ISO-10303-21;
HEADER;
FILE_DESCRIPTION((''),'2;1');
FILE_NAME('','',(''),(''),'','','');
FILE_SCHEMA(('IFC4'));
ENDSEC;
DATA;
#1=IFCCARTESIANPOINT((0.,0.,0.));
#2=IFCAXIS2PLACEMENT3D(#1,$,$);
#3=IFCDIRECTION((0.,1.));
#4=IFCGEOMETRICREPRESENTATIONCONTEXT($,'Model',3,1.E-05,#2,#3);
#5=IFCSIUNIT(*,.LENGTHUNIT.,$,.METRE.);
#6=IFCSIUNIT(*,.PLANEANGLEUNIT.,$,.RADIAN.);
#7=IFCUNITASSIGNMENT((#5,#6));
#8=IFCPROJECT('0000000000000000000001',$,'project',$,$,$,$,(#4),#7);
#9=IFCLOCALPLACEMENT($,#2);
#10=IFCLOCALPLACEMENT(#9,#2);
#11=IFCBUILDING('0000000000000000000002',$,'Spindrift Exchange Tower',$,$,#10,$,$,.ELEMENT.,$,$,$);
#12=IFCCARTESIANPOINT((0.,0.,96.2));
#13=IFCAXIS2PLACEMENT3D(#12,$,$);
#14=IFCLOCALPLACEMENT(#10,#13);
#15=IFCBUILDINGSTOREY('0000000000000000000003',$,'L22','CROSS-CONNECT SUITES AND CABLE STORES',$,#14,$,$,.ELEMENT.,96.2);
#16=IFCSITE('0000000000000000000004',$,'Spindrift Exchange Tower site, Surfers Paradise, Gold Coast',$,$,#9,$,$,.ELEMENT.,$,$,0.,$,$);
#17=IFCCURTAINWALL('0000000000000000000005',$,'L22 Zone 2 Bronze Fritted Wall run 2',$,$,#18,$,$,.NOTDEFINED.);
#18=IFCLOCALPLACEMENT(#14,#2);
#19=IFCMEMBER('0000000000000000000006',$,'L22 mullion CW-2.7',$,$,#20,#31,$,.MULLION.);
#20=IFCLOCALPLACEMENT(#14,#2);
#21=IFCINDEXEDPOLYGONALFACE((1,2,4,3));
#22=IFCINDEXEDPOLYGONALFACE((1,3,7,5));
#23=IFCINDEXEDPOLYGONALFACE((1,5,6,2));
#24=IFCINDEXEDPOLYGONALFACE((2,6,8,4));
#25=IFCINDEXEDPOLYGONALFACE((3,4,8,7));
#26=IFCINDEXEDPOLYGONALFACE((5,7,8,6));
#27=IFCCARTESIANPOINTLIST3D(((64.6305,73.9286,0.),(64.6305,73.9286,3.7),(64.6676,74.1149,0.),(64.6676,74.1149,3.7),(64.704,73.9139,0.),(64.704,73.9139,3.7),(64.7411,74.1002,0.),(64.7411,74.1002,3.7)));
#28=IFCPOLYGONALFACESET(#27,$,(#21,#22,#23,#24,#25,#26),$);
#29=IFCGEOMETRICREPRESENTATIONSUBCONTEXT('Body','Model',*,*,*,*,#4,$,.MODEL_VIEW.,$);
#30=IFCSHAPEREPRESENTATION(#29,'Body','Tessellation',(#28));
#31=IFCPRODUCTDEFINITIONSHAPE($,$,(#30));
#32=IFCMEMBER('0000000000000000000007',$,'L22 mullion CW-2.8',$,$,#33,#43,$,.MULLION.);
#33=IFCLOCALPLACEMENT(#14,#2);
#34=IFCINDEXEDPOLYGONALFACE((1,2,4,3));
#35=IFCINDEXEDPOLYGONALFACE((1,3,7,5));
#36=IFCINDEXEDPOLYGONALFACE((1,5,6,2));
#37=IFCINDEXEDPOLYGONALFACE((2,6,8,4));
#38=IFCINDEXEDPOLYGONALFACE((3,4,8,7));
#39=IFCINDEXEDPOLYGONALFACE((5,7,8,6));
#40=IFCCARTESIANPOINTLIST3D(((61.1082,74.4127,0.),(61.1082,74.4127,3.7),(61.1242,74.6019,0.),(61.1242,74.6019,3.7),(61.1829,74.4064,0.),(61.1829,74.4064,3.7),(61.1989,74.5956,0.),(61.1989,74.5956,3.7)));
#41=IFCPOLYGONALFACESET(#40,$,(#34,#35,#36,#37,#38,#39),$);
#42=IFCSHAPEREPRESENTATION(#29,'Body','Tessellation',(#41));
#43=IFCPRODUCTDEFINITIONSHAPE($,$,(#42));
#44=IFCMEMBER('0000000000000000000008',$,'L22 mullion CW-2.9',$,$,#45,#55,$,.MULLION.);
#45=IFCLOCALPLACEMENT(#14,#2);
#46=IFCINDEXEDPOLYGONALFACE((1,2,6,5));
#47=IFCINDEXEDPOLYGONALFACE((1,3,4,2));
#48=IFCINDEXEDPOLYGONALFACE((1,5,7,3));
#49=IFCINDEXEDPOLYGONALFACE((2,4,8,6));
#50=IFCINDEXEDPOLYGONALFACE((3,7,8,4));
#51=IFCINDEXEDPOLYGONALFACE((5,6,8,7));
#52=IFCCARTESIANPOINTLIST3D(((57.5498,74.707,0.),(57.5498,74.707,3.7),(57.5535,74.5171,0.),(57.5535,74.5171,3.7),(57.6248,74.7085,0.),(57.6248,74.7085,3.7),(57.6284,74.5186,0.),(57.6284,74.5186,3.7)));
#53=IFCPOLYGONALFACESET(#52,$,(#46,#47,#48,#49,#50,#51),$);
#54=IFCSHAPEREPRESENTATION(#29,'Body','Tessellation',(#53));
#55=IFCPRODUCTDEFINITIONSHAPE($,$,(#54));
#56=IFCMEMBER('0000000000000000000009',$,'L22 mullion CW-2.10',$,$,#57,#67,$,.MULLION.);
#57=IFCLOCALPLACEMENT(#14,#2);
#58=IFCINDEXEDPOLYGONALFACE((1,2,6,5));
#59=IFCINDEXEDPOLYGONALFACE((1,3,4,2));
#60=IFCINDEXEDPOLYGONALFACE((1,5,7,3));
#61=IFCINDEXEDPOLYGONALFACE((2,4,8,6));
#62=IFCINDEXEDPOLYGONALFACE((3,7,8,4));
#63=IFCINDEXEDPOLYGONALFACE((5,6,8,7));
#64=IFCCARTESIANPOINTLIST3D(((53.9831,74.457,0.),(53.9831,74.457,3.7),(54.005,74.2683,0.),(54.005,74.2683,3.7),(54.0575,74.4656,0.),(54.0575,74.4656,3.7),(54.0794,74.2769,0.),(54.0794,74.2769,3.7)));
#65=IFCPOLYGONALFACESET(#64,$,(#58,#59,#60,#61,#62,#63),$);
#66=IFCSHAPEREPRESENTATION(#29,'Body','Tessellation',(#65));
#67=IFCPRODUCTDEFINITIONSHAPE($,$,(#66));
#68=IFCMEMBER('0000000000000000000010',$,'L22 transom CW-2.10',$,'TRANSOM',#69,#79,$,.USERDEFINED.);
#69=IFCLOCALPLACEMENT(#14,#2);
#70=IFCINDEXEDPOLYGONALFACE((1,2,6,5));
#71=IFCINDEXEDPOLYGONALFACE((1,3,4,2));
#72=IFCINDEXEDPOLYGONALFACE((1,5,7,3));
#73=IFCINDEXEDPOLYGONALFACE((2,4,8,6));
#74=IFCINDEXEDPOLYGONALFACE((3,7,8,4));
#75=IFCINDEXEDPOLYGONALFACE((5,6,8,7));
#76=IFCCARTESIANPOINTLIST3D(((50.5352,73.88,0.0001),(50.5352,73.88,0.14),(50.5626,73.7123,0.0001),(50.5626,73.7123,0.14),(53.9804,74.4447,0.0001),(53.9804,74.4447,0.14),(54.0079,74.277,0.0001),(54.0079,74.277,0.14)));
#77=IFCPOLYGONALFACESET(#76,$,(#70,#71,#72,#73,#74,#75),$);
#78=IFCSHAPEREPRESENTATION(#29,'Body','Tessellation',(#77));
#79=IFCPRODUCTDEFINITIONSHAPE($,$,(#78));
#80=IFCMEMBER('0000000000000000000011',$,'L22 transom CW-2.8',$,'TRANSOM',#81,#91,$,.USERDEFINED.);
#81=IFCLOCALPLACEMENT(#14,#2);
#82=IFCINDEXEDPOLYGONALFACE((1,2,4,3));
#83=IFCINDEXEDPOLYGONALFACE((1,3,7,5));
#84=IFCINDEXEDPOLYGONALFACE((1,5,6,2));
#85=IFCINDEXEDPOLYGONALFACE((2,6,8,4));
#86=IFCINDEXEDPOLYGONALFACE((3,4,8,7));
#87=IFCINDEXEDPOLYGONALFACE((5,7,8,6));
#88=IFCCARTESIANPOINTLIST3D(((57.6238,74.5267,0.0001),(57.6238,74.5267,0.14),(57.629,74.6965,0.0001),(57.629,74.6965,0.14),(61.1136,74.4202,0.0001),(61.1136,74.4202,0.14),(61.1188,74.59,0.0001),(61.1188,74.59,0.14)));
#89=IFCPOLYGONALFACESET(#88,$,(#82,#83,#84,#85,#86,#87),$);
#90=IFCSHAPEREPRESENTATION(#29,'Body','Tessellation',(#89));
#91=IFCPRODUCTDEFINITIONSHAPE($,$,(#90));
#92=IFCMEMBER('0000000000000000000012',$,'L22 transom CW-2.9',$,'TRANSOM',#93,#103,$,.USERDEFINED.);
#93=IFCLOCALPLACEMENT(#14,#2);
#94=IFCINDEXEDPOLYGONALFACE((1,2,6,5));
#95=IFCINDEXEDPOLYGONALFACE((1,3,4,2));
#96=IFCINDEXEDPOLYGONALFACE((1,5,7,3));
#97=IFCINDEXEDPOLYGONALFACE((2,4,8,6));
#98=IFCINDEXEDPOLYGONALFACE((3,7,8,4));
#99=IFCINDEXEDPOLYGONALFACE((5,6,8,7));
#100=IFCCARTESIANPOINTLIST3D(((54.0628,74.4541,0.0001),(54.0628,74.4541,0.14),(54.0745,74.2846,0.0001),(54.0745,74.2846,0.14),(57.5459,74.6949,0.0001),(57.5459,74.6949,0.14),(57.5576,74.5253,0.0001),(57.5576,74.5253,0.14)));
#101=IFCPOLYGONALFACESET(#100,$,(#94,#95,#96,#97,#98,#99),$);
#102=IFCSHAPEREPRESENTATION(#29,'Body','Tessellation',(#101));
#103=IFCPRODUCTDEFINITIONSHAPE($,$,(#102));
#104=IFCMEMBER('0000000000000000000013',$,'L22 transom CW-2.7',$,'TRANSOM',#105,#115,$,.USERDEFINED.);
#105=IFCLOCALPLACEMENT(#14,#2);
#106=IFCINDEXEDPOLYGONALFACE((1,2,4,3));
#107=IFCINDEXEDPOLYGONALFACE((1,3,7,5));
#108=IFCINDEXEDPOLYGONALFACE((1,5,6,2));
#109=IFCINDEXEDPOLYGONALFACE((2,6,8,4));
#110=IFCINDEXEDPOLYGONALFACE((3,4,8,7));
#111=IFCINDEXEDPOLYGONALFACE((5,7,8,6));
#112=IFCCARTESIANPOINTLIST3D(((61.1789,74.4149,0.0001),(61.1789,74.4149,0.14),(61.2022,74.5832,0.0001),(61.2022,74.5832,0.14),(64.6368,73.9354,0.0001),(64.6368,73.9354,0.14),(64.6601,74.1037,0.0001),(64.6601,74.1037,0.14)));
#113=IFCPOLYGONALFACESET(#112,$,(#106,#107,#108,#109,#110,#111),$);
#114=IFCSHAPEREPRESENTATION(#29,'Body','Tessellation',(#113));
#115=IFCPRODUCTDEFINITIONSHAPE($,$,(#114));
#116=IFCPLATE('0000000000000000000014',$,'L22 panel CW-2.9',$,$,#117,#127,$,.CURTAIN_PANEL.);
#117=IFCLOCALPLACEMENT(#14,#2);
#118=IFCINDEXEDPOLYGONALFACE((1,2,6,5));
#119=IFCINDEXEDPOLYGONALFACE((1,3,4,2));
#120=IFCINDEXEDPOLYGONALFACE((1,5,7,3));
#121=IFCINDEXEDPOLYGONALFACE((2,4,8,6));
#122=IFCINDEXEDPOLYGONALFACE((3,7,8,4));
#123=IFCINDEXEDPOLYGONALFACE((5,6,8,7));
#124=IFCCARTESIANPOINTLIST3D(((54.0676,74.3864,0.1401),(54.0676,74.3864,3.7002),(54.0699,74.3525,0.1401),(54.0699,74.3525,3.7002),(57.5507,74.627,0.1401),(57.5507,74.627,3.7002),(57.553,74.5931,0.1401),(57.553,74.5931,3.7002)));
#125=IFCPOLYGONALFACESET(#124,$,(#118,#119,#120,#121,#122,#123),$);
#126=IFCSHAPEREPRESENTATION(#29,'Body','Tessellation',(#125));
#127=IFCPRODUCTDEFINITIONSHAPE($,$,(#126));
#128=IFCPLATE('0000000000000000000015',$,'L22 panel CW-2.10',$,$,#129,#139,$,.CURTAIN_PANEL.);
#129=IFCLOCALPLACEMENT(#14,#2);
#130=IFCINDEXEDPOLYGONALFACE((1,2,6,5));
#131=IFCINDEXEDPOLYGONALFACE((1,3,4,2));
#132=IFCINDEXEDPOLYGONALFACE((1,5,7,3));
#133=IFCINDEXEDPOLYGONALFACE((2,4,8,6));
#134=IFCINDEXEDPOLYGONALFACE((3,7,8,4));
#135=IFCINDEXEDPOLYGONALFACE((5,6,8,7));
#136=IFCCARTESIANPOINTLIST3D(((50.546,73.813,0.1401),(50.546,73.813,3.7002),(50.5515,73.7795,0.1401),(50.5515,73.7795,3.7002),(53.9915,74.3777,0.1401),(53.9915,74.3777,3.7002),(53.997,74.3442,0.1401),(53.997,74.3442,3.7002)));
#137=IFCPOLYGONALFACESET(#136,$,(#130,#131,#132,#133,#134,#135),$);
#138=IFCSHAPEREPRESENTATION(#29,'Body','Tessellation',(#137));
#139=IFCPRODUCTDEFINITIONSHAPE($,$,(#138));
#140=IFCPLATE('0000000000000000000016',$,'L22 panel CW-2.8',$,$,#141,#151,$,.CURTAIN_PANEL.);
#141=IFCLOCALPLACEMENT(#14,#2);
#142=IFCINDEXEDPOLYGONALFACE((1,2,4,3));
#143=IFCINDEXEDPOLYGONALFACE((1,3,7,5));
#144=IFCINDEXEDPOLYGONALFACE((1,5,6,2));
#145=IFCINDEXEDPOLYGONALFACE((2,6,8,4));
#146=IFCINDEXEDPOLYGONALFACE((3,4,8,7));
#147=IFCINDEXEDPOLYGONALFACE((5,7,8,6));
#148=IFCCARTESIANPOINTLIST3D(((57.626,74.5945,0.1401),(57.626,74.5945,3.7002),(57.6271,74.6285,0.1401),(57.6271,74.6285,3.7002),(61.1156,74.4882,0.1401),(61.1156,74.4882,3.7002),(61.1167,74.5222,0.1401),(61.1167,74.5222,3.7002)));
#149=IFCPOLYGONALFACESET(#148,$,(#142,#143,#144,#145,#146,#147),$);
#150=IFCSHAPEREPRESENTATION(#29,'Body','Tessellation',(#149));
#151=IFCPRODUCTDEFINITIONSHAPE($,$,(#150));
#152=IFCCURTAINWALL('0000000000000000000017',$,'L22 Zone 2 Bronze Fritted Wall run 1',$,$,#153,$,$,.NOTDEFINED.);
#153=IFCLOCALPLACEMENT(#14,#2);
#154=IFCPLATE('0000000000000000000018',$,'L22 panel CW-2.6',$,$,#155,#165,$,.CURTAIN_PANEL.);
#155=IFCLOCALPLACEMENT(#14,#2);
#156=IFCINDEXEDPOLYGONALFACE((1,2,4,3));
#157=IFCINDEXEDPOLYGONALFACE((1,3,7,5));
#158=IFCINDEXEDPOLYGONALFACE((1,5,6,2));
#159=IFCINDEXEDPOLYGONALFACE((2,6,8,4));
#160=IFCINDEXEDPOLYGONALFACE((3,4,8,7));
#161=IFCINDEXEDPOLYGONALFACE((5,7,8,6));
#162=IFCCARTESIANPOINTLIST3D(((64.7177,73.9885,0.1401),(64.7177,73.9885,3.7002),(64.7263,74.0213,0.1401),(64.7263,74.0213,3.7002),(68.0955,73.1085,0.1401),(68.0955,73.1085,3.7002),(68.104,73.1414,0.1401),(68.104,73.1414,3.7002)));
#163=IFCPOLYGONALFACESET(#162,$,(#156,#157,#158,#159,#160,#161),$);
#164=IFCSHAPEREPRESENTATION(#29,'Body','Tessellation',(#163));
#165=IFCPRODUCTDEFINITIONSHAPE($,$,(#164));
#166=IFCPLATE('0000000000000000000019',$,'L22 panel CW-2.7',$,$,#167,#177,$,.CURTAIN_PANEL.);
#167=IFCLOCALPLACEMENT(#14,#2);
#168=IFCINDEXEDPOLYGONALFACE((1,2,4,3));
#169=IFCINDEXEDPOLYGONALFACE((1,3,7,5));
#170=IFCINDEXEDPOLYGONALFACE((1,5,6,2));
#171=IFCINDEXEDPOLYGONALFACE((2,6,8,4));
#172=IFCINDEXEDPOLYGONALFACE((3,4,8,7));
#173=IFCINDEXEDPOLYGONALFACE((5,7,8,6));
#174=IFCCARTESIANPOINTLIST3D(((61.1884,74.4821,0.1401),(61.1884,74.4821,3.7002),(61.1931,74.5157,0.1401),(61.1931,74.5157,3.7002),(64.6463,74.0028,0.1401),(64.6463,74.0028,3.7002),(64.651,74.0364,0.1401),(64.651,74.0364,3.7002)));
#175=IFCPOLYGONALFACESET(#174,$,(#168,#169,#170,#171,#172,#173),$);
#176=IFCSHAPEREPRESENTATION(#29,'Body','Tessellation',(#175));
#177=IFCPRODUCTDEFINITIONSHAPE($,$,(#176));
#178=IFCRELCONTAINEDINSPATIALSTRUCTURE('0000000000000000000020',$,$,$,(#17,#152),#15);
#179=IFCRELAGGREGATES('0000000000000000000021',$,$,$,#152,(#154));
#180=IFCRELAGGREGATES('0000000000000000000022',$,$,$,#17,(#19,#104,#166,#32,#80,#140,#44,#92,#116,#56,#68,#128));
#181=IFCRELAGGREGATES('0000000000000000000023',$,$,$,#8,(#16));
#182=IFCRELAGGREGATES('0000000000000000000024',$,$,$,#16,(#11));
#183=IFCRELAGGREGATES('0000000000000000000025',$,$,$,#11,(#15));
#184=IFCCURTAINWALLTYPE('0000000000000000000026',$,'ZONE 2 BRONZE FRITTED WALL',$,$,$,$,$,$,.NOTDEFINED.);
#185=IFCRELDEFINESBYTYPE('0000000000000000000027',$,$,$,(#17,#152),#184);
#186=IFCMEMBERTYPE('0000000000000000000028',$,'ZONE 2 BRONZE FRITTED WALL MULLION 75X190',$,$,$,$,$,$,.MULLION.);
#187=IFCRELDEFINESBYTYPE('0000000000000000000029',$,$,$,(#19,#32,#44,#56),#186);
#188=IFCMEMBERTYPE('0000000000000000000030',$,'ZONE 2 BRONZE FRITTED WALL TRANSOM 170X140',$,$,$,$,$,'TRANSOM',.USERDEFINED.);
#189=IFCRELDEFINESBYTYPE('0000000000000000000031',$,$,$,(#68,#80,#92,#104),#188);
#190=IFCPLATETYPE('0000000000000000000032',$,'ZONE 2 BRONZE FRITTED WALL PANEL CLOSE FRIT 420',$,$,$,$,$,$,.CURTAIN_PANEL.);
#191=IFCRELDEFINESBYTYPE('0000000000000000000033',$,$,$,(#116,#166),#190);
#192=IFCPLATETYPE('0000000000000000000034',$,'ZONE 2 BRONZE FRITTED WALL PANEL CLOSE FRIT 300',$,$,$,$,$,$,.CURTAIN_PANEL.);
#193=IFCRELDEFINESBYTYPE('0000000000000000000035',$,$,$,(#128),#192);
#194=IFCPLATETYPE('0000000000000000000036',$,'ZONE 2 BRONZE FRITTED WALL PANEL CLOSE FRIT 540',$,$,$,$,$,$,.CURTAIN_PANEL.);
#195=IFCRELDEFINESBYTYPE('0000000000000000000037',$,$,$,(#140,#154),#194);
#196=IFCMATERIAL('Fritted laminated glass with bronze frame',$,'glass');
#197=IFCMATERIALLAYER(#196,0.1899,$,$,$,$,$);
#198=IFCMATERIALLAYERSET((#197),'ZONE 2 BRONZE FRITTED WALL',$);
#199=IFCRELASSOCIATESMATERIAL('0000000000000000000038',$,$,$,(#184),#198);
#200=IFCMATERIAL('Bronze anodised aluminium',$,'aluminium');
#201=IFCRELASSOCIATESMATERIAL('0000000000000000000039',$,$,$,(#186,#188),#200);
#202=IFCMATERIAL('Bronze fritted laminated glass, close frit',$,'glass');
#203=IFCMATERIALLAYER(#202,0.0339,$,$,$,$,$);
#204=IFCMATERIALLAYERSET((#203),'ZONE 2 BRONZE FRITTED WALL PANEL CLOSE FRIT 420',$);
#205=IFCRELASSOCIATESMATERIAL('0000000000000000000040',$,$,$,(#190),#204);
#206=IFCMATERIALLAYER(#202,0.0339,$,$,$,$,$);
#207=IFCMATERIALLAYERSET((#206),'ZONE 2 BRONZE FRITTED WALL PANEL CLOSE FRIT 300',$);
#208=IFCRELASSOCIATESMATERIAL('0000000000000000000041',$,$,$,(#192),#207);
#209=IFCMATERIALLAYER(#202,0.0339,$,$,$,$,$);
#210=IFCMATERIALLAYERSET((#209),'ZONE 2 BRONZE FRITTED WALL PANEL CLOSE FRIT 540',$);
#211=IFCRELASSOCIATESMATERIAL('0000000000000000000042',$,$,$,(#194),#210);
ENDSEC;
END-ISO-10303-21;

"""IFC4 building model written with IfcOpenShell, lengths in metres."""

from ifc_helpers import new_model, si_unit, direction, frame, origin, origin_2d, place, context, subcontext, project, spatial, rectangle, extrude, source, transform, mapped, material, layer, layer_set, material_profile, profile_set, type_object, element, aggregate, save


model = new_model("IFC4")

# Units and contexts
model_context = context("Model", 3, precision=1e-05, world=origin(), true_north=direction((0.0, 1.0)))
body_context = subcontext(model_context, "Body", "Model", "MODEL_VIEW")
ifc_project = project(units=[si_unit("LENGTHUNIT", "METRE"), si_unit("PLANEANGLEUNIT", "RADIAN")], contexts=[model_context])

# Site, building, storey
site_placement = place(None, origin())
site = spatial("IfcSite", under=ifc_project, at=site_placement, Name="Spindrift Exchange Tower site, Surfers Paradise, Gold Coast", CompositionType="ELEMENT", RefElevation=0.0)
building_placement = place(site_placement, origin())
building = spatial("IfcBuilding", under=site, at=building_placement, Name="Spindrift Exchange Tower", CompositionType="ELEMENT")
storey_placement = place(building_placement, frame((0.0, 0.0, 96.2)))
storey = spatial("IfcBuildingStorey", under=building, at=storey_placement, Name="L22", Description="CROSS-CONNECT SUITES AND CABLE STORES", CompositionType="ELEMENT", Elevation=96.2)

# Curtain wall, members, plates
ifc_material_1 = material(Name="Fritted laminated glass with bronze frame", Category="glass")
ifc_layer_1 = layer(ifc_material_1, 0.1899)
ifc_layer_set_1 = layer_set([ifc_layer_1], Name="ZONE 2 BRONZE FRITTED WALL")
curtain_wall_type = type_object("IfcCurtainWallType", Name="ZONE 2 BRONZE FRITTED WALL", PredefinedType="NOTDEFINED", material=ifc_layer_set_1)
curtain_wall_1_placement = place(storey_placement, origin())
curtain_wall_1 = element("IfcCurtainWall", 1, at=curtain_wall_1_placement, inside=storey, type_object=curtain_wall_type, Name="L22 Zone 2 Bronze Fritted Wall run 2", PredefinedType="NOTDEFINED")
ifc_material_2 = material(Name="Bronze anodised aluminium", Category="aluminium")
ifc_material_profile_1 = material_profile(ifc_material_2, rectangle(XDim=0.075, YDim=0.1899, at=origin_2d()), Name="ZONE 2 BRONZE FRITTED WALL MULLION 75X190")
ifc_profile_set_1 = profile_set([ifc_material_profile_1], Name="Bronze anodised aluminium")
member_type_1 = type_object("IfcMemberType", Name="ZONE 2 BRONZE FRITTED WALL MULLION 75X190", PredefinedType="MULLION", material=ifc_profile_set_1)
shared_shape_1 = source(origin(), body_context, "Body", "SweptSolid", [
    extrude(rectangle(XDim=0.075, YDim=0.1899, at=origin_2d()), origin(), (0.0, 0.0, 1.0), 3.7),
])
member_1_placement = place(storey_placement, frame((64.6858, 74.0144, 0.0), z_axis=(0.0, 0.0, 1.0), x_axis=(-0.980796, 0.195038, 0.0)))
member_1 = element("IfcMember", 2, at=member_1_placement, type_object=member_type_1, Name="L22 mullion CW-2.7", PredefinedType="MULLION", context=body_context, shape_type="MappedRepresentation", body=[
    mapped(shared_shape_1, transform((0.0, 0.0, 0.0), scale=1.0)),
])
member_2_placement = place(storey_placement, frame((61.1536, 74.5042, 0.0), z_axis=(0.0, 0.0, 1.0), x_axis=(-0.996466, 0.083998, 0.0)))
member_2 = element("IfcMember", 3, at=member_2_placement, type_object=member_type_1, Name="L22 mullion CW-2.8", PredefinedType="MULLION", context=body_context, shape_type="MappedRepresentation", body=[
    mapped(shared_shape_1, transform((0.0, 0.0, 0.0), scale=1.0)),
])
member_3_placement = place(storey_placement, frame((57.5891, 74.6128, 0.0), z_axis=(0.0, 0.0, 1.0), x_axis=(-0.999815, -0.019258, 0.0)))
member_3 = element("IfcMember", 4, at=member_3_placement, type_object=member_type_1, Name="L22 mullion CW-2.9", PredefinedType="MULLION", context=body_context, shape_type="MappedRepresentation", body=[
    mapped(shared_shape_1, transform((0.0, 0.0, 0.0), scale=1.0)),
])
member_4_placement = place(storey_placement, frame((54.0312, 74.3669, 0.0), z_axis=(0.0, 0.0, 1.0), x_axis=(-0.993313, -0.115451, 0.0)))
member_4 = element("IfcMember", 5, at=member_4_placement, type_object=member_type_1, Name="L22 mullion CW-2.10", PredefinedType="MULLION", context=body_context, shape_type="MappedRepresentation", body=[
    mapped(shared_shape_1, transform((0.0, 0.0, 0.0), scale=1.0)),
])
ifc_material_profile_2 = material_profile(ifc_material_2, rectangle(XDim=0.1699, YDim=0.1399, at=origin_2d()), Name="ZONE 2 BRONZE FRITTED WALL TRANSOM 170X140")
ifc_profile_set_2 = profile_set([ifc_material_profile_2], Name="Bronze anodised aluminium")
member_type_2 = type_object("IfcMemberType", Name="ZONE 2 BRONZE FRITTED WALL TRANSOM 170X140", ElementType="TRANSOM", PredefinedType="USERDEFINED", material=ifc_profile_set_2)
shared_shape_2 = source(origin(), body_context, "Body", "SweptSolid", [
    extrude(rectangle(XDim=0.1699, YDim=0.1399, at=origin_2d()), origin(), (0.0, 0.0, 1.0), 3.4912),
])
member_5_placement = place(storey_placement, frame((53.9941, 74.3608, 0.0701), z_axis=(-0.986833, -0.161745, 0.0), x_axis=(0.161745, -0.986833, 0.0)))
member_5 = element("IfcMember", 6, at=member_5_placement, type_object=member_type_2, Name="L22 transom CW-2.10", ObjectType="TRANSOM", PredefinedType="USERDEFINED", context=body_context, shape_type="MappedRepresentation", body=[
    mapped(shared_shape_2, transform((0.0, 0.0, 0.0), scale=1.0)),
])
shared_shape_3 = source(origin(), body_context, "Body", "SweptSolid", [
    extrude(rectangle(XDim=0.1699, YDim=0.1399, at=origin_2d()), origin(), (0.0, 0.0, 1.0), 3.4915),
])
member_6_placement = place(storey_placement, frame((61.1162, 74.5051, 0.0701), z_axis=(-0.999535, 0.030488, 0.0), x_axis=(-0.030488, -0.999535, 0.0)))
member_6 = element("IfcMember", 7, at=member_6_placement, type_object=member_type_2, Name="L22 transom CW-2.8", ObjectType="TRANSOM", PredefinedType="USERDEFINED", context=body_context, shape_type="MappedRepresentation", body=[
    mapped(shared_shape_3, transform((0.0, 0.0, 0.0), scale=1.0)),
])
member_7_placement = place(storey_placement, frame((57.5518, 74.6101, 0.0701), z_axis=(-0.99762, -0.068946, 0.0), x_axis=(0.068946, -0.99762, 0.0)))
member_7 = element("IfcMember", 8, at=member_7_placement, type_object=member_type_2, Name="L22 transom CW-2.9", ObjectType="TRANSOM", PredefinedType="USERDEFINED", context=body_context, shape_type="MappedRepresentation", body=[
    mapped(shared_shape_3, transform((0.0, 0.0, 0.0), scale=1.0)),
])
shared_shape_4 = source(origin(), body_context, "Body", "SweptSolid", [
    extrude(rectangle(XDim=0.1699, YDim=0.1399, at=origin_2d()), origin(), (0.0, 0.0, 1.0), 3.491),
])
member_8_placement = place(storey_placement, frame((64.6484, 74.0195, 0.0701), z_axis=(-0.990522, 0.137357, 0.0), x_axis=(-0.137357, -0.990522, 0.0)))
member_8 = element("IfcMember", 9, at=member_8_placement, type_object=member_type_2, Name="L22 transom CW-2.7", ObjectType="TRANSOM", PredefinedType="USERDEFINED", context=body_context, shape_type="MappedRepresentation", body=[
    mapped(shared_shape_4, transform((0.0, 0.0, 0.0), scale=1.0)),
])
ifc_material_3 = material(Name="Bronze fritted laminated glass, close frit", Category="glass")
ifc_layer_2 = layer(ifc_material_3, 0.0339)
ifc_layer_set_2 = layer_set([ifc_layer_2], Name="ZONE 2 BRONZE FRITTED WALL PANEL CLOSE FRIT 420")
plate_type_1 = type_object("IfcPlateType", Name="ZONE 2 BRONZE FRITTED WALL PANEL CLOSE FRIT 420", PredefinedType="CURTAIN_PANEL", material=ifc_layer_set_2)
shared_shape_5 = source(origin(), body_context, "Body", "SweptSolid", [
    extrude(rectangle(XDim=3.4915, YDim=0.0339, at=origin_2d()), origin(), (0.0, 0.0, 1.0), 3.5601),
])
plate_1_placement = place(storey_placement, frame((55.8103, 74.4897, 0.1401), z_axis=(0.0, 0.0, 1.0), x_axis=(-0.997622, -0.068921, 0.0)))
plate_1 = element("IfcPlate", 10, at=plate_1_placement, type_object=plate_type_1, Name="L22 panel CW-2.9", PredefinedType="CURTAIN_PANEL", context=body_context, shape_type="MappedRepresentation", body=[
    mapped(shared_shape_5, transform((0.0, 0.0, 0.0), scale=1.0)),
])
ifc_layer_3 = layer(ifc_material_3, 0.0339)
ifc_layer_set_3 = layer_set([ifc_layer_3], Name="ZONE 2 BRONZE FRITTED WALL PANEL CLOSE FRIT 300")
plate_type_2 = type_object("IfcPlateType", Name="ZONE 2 BRONZE FRITTED WALL PANEL CLOSE FRIT 300", PredefinedType="CURTAIN_PANEL", material=ifc_layer_set_3)
shared_shape_6 = source(origin(), body_context, "Body", "SweptSolid", [
    extrude(rectangle(XDim=3.4915, YDim=0.0339, at=origin_2d()), origin(), (0.0, 0.0, 1.0), 3.5601),
])
plate_2_placement = place(storey_placement, frame((52.2715, 74.0786, 0.1401), z_axis=(0.0, 0.0, 1.0), x_axis=(-0.986835, -0.16173, 0.0)))
plate_2 = element("IfcPlate", 11, at=plate_2_placement, type_object=plate_type_2, Name="L22 panel CW-2.10", PredefinedType="CURTAIN_PANEL", context=body_context, shape_type="MappedRepresentation", body=[
    mapped(shared_shape_6, transform((0.0, 0.0, 0.0), scale=1.0)),
])
ifc_layer_4 = layer(ifc_material_3, 0.0339)
ifc_layer_set_4 = layer_set([ifc_layer_4], Name="ZONE 2 BRONZE FRITTED WALL PANEL CLOSE FRIT 540")
plate_type_3 = type_object("IfcPlateType", Name="ZONE 2 BRONZE FRITTED WALL PANEL CLOSE FRIT 540", PredefinedType="CURTAIN_PANEL", material=ifc_layer_set_4)
shared_shape_7 = source(origin(), body_context, "Body", "SweptSolid", [
    extrude(rectangle(XDim=3.4912, YDim=0.0339, at=origin_2d()), origin(), (0.0, 0.0, 1.0), 3.5601),
])
plate_3_placement = place(storey_placement, frame((59.3713, 74.5583, 0.1401), z_axis=(0.0, 0.0, 1.0), x_axis=(-0.999536, 0.030453, 0.0)))
plate_3 = element("IfcPlate", 12, at=plate_3_placement, type_object=plate_type_3, Name="L22 panel CW-2.8", PredefinedType="CURTAIN_PANEL", context=body_context, shape_type="MappedRepresentation", body=[
    mapped(shared_shape_7, transform((0.0, 0.0, 0.0), scale=1.0)),
])

# Curtain wall, plate
curtain_wall_2_placement = place(storey_placement, origin())
curtain_wall_2 = element("IfcCurtainWall", 13, at=curtain_wall_2_placement, inside=storey, type_object=curtain_wall_type, Name="L22 Zone 2 Bronze Fritted Wall run 1", PredefinedType="NOTDEFINED")
shared_shape_8 = source(origin(), body_context, "Body", "SweptSolid", [
    extrude(rectangle(XDim=3.4905, YDim=0.0339, at=origin_2d()), origin(), (0.0, 0.0, 1.0), 3.5601),
])
plate_4_placement = place(storey_placement, frame((66.4109, 73.5649, 0.1401), z_axis=(0.0, 0.0, 1.0), x_axis=(-0.9677, 0.252105, 0.0)))
plate_4 = element("IfcPlate", 14, at=plate_4_placement, type_object=plate_type_3, Name="L22 panel CW-2.6", PredefinedType="CURTAIN_PANEL", context=body_context, shape_type="MappedRepresentation", body=[
    mapped(shared_shape_8, transform((0.0, 0.0, 0.0), scale=1.0)),
])
aggregate(curtain_wall_2, [plate_4])

# Plate
shared_shape_9 = source(origin(), body_context, "Body", "SweptSolid", [
    extrude(rectangle(XDim=3.491, YDim=0.0339, at=origin_2d()), origin(), (0.0, 0.0, 1.0), 3.5601),
])
plate_5_placement = place(storey_placement, frame((62.9197, 74.2593, 0.1401), z_axis=(0.0, 0.0, 1.0), x_axis=(-0.990529, 0.137301, 0.0)))
plate_5 = element("IfcPlate", 15, at=plate_5_placement, type_object=plate_type_1, Name="L22 panel CW-2.7", PredefinedType="CURTAIN_PANEL", context=body_context, shape_type="MappedRepresentation", body=[
    mapped(shared_shape_9, transform((0.0, 0.0, 0.0), scale=1.0)),
])
aggregate(curtain_wall_1, [member_1, member_8, plate_5, member_2, member_6, plate_3, member_3, member_7, plate_1, member_4, member_5, plate_2])

save(model, "model.ifc")
